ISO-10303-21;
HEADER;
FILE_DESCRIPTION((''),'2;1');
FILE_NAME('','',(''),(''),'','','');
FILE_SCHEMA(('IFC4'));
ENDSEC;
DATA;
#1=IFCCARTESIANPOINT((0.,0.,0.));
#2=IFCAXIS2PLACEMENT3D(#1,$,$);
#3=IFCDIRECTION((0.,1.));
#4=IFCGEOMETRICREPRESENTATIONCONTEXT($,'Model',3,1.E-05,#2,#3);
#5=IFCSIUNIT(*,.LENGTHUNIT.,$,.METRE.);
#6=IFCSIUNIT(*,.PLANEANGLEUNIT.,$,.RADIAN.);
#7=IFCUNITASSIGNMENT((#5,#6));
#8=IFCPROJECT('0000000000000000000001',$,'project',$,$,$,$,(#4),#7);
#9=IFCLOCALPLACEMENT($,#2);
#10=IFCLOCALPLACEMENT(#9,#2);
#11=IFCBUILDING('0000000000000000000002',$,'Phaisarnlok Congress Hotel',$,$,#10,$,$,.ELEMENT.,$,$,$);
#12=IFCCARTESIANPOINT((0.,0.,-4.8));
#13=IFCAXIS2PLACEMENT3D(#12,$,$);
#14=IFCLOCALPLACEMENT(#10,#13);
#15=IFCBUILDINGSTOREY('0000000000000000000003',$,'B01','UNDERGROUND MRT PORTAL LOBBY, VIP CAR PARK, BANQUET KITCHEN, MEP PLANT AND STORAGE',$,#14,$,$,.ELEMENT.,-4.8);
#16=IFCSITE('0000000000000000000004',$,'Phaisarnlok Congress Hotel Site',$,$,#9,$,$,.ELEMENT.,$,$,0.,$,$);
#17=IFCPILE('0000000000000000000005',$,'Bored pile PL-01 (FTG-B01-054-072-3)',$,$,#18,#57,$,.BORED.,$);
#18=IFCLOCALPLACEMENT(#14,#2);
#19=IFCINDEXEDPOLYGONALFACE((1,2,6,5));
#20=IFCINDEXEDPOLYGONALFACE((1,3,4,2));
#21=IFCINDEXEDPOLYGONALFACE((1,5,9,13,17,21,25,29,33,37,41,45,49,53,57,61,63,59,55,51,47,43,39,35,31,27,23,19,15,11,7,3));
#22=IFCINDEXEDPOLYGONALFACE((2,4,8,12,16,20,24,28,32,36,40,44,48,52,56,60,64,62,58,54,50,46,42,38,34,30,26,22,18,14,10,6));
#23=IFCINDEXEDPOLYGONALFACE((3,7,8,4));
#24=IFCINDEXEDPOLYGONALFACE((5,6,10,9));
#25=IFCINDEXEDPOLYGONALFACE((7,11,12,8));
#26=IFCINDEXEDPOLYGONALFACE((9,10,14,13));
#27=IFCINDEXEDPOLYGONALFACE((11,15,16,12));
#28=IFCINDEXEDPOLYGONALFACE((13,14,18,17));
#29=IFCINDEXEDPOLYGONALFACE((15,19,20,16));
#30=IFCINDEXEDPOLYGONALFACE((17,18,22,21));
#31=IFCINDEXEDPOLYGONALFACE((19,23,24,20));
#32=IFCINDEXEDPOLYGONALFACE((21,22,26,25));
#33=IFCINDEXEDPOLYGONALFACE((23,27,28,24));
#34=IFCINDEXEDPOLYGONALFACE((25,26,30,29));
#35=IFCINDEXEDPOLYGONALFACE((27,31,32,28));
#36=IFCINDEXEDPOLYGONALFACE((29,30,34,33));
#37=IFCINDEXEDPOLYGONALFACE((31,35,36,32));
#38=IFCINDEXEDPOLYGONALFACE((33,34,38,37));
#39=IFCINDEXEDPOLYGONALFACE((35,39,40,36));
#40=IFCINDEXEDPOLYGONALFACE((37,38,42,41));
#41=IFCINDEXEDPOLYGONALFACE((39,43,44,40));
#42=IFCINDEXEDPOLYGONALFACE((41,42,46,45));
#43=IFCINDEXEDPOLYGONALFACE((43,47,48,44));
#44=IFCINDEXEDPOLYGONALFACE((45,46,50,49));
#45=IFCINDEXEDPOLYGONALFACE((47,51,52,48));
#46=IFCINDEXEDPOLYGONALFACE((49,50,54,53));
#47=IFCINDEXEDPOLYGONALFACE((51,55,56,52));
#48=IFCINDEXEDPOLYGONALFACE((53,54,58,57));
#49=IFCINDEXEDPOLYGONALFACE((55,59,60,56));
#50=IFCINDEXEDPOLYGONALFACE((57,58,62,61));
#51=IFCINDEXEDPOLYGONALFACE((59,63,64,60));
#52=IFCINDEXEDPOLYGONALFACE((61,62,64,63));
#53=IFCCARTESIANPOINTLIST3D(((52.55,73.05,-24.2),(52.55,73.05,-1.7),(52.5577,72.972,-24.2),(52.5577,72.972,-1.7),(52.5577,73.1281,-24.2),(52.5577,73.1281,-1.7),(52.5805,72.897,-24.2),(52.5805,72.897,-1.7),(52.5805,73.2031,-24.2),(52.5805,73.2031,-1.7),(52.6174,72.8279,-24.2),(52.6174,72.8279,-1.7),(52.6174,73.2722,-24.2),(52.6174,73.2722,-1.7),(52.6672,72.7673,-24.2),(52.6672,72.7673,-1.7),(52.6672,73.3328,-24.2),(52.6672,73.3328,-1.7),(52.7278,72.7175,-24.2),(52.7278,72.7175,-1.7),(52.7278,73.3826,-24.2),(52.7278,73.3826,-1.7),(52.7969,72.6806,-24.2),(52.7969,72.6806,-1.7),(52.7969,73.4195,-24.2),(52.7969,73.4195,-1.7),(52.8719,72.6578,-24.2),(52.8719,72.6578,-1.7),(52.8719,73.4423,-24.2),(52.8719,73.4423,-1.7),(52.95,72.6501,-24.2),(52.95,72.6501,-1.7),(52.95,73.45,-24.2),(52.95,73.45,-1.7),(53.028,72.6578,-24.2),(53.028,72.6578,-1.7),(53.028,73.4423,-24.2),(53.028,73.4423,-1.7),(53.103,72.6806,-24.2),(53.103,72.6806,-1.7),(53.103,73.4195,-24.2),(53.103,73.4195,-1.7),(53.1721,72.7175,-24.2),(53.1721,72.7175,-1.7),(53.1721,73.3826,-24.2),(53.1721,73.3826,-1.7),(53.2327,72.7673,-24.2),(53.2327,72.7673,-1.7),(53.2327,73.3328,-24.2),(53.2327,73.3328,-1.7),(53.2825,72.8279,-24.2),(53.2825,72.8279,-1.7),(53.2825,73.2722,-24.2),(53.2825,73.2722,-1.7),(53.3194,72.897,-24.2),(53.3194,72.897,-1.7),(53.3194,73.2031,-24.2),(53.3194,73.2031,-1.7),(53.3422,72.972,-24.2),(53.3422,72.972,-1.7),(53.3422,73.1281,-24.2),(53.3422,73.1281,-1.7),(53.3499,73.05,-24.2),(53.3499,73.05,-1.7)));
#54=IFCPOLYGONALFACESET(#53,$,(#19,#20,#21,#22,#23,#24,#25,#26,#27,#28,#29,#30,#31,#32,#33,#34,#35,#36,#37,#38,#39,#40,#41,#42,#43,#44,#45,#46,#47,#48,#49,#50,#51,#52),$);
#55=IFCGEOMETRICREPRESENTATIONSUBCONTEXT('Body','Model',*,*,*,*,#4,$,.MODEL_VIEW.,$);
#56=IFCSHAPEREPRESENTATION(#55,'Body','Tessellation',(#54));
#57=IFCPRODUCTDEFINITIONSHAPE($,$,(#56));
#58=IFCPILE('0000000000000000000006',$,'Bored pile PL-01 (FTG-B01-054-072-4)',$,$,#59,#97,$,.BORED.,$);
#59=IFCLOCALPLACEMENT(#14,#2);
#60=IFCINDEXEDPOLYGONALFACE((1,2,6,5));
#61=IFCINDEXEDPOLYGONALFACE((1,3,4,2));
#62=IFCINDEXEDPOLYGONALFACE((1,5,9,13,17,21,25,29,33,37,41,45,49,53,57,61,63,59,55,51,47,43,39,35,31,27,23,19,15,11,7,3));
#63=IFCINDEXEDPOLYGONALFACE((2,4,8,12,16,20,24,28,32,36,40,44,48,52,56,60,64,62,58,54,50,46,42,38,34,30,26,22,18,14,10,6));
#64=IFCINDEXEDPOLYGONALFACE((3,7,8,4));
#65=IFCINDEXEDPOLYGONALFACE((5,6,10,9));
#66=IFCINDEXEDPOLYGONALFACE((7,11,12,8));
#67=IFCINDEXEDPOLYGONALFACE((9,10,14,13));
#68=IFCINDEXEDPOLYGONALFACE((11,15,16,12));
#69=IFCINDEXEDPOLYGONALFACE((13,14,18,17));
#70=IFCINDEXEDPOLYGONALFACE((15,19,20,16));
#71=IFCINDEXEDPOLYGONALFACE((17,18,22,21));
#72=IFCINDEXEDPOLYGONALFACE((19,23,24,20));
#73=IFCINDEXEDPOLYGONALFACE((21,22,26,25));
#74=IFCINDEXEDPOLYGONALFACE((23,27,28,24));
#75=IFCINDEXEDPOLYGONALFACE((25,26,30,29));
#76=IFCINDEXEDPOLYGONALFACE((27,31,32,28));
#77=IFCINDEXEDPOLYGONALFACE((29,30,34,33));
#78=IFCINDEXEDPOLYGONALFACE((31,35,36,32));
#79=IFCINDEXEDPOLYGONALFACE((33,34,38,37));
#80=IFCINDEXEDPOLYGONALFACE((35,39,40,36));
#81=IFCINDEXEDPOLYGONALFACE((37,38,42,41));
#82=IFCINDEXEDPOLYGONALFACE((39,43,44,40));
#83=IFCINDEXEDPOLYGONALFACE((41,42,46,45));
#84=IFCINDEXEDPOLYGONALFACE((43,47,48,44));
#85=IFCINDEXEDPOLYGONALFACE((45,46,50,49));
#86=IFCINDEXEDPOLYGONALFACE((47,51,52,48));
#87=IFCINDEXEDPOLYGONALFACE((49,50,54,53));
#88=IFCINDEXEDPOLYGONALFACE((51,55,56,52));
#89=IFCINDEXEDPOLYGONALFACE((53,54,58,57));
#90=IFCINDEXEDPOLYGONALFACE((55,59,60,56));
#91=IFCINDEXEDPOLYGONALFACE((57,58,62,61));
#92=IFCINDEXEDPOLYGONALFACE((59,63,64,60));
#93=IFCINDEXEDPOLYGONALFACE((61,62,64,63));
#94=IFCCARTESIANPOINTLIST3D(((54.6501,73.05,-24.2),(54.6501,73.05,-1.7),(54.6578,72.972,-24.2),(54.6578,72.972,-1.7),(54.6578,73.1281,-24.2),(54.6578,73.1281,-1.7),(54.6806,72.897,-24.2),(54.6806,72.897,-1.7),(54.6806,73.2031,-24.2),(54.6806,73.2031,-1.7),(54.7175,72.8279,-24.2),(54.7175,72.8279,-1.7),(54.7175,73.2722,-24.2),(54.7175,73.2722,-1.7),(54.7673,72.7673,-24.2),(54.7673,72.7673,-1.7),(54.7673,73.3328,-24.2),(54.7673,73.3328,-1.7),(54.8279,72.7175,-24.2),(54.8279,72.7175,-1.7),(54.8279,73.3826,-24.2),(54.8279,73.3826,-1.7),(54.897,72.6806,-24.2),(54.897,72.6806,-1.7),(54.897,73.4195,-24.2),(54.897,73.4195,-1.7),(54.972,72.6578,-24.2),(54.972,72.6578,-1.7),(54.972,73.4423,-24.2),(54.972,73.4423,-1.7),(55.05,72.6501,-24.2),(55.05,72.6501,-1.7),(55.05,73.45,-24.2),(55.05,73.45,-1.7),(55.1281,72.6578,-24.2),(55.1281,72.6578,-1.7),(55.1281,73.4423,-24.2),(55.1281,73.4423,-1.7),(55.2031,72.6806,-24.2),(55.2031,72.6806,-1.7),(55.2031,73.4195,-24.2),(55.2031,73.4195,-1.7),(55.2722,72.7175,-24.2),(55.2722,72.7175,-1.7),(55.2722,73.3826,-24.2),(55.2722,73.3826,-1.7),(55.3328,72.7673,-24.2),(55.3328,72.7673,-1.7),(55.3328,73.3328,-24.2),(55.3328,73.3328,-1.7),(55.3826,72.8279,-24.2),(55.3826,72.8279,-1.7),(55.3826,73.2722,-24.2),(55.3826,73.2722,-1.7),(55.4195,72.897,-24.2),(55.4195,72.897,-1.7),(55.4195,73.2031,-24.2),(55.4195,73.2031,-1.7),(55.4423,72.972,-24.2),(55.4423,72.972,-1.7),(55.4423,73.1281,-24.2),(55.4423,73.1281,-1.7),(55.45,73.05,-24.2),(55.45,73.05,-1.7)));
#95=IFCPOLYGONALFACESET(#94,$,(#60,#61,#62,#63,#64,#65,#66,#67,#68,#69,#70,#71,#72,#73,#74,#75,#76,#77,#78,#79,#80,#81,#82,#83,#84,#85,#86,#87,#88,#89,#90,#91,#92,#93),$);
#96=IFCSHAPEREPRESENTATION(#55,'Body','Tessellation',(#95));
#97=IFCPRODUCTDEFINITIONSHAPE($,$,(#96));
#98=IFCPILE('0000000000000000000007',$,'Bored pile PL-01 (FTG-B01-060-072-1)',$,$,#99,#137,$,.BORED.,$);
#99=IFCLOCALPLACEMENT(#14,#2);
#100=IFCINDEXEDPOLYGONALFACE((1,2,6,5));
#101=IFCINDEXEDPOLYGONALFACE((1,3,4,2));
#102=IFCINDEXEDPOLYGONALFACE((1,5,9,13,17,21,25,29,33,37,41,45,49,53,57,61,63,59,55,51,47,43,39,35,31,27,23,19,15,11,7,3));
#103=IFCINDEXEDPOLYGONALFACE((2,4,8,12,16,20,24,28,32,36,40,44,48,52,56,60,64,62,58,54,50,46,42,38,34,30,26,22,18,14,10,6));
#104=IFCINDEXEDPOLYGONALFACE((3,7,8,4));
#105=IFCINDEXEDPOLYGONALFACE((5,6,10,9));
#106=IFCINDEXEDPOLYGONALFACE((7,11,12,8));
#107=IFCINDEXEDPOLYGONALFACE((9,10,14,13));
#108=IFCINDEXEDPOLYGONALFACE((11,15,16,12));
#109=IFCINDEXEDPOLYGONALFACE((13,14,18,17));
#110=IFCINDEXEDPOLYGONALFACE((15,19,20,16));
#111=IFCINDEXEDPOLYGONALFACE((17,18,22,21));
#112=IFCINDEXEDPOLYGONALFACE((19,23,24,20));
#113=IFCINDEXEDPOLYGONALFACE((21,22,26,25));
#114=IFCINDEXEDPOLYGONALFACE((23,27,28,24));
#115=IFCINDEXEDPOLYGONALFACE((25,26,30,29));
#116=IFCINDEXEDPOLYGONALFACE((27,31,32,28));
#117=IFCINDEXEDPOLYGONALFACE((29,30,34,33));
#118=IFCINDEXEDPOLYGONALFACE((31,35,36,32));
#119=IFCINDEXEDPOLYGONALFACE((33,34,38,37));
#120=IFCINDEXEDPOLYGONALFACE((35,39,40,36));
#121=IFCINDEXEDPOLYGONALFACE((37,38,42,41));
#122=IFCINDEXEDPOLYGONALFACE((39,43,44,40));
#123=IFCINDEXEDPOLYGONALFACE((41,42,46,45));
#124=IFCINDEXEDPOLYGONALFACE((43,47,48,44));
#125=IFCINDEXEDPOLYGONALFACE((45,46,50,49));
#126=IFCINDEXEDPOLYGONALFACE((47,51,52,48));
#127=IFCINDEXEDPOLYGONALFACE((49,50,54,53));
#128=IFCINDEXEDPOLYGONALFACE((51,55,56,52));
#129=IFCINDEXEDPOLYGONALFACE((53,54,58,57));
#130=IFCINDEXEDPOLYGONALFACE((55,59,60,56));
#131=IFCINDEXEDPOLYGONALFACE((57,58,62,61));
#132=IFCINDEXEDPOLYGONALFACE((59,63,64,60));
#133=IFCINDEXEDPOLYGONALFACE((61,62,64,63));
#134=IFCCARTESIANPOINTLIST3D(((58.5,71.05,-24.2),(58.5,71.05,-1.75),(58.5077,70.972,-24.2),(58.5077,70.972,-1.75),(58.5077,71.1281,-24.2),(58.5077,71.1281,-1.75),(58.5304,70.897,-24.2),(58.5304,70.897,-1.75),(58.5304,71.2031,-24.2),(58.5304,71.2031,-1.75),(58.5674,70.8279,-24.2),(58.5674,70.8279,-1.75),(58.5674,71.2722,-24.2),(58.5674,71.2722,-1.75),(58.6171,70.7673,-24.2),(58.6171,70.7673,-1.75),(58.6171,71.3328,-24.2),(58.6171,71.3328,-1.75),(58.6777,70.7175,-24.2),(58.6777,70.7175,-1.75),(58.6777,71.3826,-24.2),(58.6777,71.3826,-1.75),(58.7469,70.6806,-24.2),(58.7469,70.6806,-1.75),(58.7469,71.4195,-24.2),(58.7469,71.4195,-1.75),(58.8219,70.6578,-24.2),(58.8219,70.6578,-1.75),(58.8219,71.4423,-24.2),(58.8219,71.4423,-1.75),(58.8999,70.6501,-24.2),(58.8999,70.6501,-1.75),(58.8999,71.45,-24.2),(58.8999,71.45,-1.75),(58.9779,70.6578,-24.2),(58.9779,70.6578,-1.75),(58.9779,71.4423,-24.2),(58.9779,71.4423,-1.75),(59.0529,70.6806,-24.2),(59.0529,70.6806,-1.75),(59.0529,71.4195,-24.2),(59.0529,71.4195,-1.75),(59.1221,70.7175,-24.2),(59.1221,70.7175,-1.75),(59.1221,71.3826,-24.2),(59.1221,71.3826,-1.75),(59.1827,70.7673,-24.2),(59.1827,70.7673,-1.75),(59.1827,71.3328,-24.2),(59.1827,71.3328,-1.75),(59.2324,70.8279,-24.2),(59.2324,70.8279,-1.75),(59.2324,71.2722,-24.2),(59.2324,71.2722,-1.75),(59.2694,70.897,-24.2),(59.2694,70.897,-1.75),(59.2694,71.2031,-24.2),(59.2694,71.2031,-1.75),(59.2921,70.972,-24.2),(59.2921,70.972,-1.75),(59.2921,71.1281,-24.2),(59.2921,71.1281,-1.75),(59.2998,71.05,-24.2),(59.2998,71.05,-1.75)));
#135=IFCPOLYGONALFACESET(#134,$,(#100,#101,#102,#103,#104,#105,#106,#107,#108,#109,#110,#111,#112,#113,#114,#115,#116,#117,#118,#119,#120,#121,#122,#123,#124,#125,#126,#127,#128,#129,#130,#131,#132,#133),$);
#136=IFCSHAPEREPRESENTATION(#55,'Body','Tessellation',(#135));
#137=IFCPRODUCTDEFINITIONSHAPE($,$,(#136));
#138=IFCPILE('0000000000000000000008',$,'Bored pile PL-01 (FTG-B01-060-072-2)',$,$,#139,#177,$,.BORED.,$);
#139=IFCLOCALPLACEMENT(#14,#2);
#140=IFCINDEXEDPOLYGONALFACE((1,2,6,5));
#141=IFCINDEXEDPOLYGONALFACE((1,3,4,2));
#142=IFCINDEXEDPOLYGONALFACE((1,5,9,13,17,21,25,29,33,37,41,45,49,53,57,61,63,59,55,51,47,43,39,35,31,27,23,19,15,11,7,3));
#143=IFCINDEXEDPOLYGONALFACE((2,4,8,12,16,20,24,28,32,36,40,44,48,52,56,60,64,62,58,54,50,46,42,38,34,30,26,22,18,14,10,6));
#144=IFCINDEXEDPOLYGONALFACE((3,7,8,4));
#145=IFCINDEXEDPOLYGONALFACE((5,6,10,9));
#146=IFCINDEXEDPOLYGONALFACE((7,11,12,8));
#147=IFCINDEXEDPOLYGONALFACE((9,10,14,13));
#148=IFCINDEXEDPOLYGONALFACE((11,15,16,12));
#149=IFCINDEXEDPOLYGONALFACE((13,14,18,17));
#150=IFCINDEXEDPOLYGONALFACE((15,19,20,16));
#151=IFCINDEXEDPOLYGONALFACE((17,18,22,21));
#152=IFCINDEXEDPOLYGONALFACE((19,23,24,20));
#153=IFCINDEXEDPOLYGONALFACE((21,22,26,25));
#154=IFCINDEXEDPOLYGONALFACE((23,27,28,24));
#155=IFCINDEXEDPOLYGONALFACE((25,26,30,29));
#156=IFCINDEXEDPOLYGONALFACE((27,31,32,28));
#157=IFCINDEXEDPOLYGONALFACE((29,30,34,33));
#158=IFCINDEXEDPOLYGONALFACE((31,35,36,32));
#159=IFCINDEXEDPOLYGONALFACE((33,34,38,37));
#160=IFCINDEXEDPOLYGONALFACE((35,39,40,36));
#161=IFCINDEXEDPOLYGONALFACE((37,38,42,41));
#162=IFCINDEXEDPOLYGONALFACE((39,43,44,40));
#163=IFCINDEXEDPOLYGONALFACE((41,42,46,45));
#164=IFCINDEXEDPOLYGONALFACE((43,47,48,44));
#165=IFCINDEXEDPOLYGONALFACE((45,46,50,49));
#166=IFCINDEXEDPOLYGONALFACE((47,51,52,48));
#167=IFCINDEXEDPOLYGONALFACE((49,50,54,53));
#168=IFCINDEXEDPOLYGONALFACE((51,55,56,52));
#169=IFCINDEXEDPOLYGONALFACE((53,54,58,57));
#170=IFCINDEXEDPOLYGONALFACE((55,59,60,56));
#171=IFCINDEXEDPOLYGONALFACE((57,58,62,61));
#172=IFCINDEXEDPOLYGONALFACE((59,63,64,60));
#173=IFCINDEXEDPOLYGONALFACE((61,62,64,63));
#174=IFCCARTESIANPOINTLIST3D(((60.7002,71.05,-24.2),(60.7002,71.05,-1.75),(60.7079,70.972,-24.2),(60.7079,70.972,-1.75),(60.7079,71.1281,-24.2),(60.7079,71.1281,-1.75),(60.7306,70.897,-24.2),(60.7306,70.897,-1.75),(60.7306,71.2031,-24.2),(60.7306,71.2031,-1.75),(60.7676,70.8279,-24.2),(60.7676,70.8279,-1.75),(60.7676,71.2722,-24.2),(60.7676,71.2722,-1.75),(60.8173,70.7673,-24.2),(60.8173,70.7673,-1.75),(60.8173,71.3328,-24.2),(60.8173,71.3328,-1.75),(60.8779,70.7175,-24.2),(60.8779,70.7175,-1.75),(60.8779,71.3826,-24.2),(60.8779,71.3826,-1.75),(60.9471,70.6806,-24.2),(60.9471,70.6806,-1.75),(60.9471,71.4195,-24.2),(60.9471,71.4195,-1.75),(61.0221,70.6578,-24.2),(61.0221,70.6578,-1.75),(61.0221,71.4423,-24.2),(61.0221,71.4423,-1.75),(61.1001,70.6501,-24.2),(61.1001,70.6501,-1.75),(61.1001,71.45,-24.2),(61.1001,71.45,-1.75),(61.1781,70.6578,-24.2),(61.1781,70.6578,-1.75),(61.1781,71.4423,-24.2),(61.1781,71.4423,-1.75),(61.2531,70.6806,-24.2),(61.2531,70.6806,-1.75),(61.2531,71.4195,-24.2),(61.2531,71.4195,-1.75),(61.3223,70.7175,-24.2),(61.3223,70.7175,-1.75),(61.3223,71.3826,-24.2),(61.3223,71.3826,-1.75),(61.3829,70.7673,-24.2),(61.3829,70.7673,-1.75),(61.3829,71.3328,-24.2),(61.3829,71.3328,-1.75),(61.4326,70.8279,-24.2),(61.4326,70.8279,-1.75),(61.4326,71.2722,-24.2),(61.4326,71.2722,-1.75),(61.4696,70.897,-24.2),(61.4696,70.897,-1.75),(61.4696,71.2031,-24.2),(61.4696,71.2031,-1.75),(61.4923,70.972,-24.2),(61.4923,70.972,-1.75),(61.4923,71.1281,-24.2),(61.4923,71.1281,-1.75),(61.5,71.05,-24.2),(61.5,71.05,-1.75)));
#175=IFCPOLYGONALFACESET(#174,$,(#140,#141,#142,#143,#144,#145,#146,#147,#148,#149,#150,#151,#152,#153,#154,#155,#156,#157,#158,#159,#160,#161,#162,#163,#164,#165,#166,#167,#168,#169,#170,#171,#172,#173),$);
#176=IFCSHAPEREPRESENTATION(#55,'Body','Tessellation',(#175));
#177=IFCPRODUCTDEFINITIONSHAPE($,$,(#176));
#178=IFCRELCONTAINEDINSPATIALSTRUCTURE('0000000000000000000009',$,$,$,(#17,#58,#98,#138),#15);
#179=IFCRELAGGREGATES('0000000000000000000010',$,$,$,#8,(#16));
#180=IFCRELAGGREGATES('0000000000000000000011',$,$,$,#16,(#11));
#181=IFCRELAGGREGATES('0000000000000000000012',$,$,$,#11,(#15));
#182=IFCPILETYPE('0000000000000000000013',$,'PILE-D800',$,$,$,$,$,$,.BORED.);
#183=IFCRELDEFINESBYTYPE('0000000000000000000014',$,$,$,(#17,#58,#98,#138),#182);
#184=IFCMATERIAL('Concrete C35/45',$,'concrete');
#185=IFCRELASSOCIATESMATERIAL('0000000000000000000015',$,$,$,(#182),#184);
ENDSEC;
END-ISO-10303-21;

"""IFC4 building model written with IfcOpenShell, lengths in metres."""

from ifc_helpers import new_model, si_unit, direction, frame, origin, origin_2d, place, context, subcontext, project, spatial, circle, extrude, material, material_profile, profile_set, type_object, element, save


model = new_model("IFC4")

# Units and contexts
model_context = context("Model", 3, precision=1e-05, world=origin(), true_north=direction((0.0, 1.0)))
body_context = subcontext(model_context, "Body", "Model", "MODEL_VIEW")
ifc_project = project(units=[si_unit("LENGTHUNIT", "METRE"), si_unit("PLANEANGLEUNIT", "RADIAN")], contexts=[model_context])

# Site, building, storey
site_placement = place(None, origin())
site = spatial("IfcSite", under=ifc_project, at=site_placement, Name="Phaisarnlok Congress Hotel Site", CompositionType="ELEMENT", RefElevation=0.0)
building_placement = place(site_placement, origin())
building = spatial("IfcBuilding", under=site, at=building_placement, Name="Phaisarnlok Congress Hotel", CompositionType="ELEMENT")
storey_placement = place(building_placement, frame((0.0, 0.0, -4.8)))
storey = spatial("IfcBuildingStorey", under=building, at=storey_placement, Name="B01", Description="UNDERGROUND MRT PORTAL LOBBY, VIP CAR PARK, BANQUET KITCHEN, MEP PLANT AND STORAGE", CompositionType="ELEMENT", Elevation=-4.8)

# Piles
ifc_material_1 = material(Name="Concrete C35/45", Category="concrete")
ifc_material_profile_1 = material_profile(ifc_material_1, circle(Radius=0.3999, at=origin_2d()), Name="BORED PILE D800")
ifc_profile_set_1 = profile_set([ifc_material_profile_1], Name="Concrete C35/45")
pile_type_1 = type_object("IfcPileType", Name="PILE-D800", PredefinedType="BORED", material=ifc_profile_set_1)
for number, where, z_axis, x_axis, name in (
    (1, (52.95, 73.05, -1.7), (0.0, 0.0, -1.0), (1.0, 0.0, 0.0), "Bored pile PL-01 (FTG-B01-054-072-3)"),
    (2, (55.05, 73.05, -1.7), (0.0, 0.0, -1.0), (1.0, 0.0, 0.0), "Bored pile PL-01 (FTG-B01-054-072-4)"),
):
    element("IfcPile", number, at=place(storey_placement, frame(where, z_axis=z_axis, x_axis=x_axis)), inside=storey, type_object=pile_type_1, Name=name, PredefinedType="BORED", context=body_context, shape_type="SweptSolid", body=[
        extrude(circle(Radius=0.3999, at=origin_2d()), origin(), (0.0, 0.0, 1.0), 22.5),
    ])
for number, where, z_axis, x_axis, name in (
    (3, (58.8999, 71.05, -1.75), (0.0, 0.0, -1.0), (1.0, 0.0, 0.0), "Bored pile PL-01 (FTG-B01-060-072-1)"),
    (4, (61.1001, 71.05, -1.75), (0.0, 0.0, -1.0), (1.0, 0.0, 0.0), "Bored pile PL-01 (FTG-B01-060-072-2)"),
):
    element("IfcPile", number, at=place(storey_placement, frame(where, z_axis=z_axis, x_axis=x_axis)), inside=storey, type_object=pile_type_1, Name=name, PredefinedType="BORED", context=body_context, shape_type="SweptSolid", body=[
        extrude(circle(Radius=0.3999, at=origin_2d()), origin(), (0.0, 0.0, 1.0), 22.45),
    ])

save(model, "model.ifc")
